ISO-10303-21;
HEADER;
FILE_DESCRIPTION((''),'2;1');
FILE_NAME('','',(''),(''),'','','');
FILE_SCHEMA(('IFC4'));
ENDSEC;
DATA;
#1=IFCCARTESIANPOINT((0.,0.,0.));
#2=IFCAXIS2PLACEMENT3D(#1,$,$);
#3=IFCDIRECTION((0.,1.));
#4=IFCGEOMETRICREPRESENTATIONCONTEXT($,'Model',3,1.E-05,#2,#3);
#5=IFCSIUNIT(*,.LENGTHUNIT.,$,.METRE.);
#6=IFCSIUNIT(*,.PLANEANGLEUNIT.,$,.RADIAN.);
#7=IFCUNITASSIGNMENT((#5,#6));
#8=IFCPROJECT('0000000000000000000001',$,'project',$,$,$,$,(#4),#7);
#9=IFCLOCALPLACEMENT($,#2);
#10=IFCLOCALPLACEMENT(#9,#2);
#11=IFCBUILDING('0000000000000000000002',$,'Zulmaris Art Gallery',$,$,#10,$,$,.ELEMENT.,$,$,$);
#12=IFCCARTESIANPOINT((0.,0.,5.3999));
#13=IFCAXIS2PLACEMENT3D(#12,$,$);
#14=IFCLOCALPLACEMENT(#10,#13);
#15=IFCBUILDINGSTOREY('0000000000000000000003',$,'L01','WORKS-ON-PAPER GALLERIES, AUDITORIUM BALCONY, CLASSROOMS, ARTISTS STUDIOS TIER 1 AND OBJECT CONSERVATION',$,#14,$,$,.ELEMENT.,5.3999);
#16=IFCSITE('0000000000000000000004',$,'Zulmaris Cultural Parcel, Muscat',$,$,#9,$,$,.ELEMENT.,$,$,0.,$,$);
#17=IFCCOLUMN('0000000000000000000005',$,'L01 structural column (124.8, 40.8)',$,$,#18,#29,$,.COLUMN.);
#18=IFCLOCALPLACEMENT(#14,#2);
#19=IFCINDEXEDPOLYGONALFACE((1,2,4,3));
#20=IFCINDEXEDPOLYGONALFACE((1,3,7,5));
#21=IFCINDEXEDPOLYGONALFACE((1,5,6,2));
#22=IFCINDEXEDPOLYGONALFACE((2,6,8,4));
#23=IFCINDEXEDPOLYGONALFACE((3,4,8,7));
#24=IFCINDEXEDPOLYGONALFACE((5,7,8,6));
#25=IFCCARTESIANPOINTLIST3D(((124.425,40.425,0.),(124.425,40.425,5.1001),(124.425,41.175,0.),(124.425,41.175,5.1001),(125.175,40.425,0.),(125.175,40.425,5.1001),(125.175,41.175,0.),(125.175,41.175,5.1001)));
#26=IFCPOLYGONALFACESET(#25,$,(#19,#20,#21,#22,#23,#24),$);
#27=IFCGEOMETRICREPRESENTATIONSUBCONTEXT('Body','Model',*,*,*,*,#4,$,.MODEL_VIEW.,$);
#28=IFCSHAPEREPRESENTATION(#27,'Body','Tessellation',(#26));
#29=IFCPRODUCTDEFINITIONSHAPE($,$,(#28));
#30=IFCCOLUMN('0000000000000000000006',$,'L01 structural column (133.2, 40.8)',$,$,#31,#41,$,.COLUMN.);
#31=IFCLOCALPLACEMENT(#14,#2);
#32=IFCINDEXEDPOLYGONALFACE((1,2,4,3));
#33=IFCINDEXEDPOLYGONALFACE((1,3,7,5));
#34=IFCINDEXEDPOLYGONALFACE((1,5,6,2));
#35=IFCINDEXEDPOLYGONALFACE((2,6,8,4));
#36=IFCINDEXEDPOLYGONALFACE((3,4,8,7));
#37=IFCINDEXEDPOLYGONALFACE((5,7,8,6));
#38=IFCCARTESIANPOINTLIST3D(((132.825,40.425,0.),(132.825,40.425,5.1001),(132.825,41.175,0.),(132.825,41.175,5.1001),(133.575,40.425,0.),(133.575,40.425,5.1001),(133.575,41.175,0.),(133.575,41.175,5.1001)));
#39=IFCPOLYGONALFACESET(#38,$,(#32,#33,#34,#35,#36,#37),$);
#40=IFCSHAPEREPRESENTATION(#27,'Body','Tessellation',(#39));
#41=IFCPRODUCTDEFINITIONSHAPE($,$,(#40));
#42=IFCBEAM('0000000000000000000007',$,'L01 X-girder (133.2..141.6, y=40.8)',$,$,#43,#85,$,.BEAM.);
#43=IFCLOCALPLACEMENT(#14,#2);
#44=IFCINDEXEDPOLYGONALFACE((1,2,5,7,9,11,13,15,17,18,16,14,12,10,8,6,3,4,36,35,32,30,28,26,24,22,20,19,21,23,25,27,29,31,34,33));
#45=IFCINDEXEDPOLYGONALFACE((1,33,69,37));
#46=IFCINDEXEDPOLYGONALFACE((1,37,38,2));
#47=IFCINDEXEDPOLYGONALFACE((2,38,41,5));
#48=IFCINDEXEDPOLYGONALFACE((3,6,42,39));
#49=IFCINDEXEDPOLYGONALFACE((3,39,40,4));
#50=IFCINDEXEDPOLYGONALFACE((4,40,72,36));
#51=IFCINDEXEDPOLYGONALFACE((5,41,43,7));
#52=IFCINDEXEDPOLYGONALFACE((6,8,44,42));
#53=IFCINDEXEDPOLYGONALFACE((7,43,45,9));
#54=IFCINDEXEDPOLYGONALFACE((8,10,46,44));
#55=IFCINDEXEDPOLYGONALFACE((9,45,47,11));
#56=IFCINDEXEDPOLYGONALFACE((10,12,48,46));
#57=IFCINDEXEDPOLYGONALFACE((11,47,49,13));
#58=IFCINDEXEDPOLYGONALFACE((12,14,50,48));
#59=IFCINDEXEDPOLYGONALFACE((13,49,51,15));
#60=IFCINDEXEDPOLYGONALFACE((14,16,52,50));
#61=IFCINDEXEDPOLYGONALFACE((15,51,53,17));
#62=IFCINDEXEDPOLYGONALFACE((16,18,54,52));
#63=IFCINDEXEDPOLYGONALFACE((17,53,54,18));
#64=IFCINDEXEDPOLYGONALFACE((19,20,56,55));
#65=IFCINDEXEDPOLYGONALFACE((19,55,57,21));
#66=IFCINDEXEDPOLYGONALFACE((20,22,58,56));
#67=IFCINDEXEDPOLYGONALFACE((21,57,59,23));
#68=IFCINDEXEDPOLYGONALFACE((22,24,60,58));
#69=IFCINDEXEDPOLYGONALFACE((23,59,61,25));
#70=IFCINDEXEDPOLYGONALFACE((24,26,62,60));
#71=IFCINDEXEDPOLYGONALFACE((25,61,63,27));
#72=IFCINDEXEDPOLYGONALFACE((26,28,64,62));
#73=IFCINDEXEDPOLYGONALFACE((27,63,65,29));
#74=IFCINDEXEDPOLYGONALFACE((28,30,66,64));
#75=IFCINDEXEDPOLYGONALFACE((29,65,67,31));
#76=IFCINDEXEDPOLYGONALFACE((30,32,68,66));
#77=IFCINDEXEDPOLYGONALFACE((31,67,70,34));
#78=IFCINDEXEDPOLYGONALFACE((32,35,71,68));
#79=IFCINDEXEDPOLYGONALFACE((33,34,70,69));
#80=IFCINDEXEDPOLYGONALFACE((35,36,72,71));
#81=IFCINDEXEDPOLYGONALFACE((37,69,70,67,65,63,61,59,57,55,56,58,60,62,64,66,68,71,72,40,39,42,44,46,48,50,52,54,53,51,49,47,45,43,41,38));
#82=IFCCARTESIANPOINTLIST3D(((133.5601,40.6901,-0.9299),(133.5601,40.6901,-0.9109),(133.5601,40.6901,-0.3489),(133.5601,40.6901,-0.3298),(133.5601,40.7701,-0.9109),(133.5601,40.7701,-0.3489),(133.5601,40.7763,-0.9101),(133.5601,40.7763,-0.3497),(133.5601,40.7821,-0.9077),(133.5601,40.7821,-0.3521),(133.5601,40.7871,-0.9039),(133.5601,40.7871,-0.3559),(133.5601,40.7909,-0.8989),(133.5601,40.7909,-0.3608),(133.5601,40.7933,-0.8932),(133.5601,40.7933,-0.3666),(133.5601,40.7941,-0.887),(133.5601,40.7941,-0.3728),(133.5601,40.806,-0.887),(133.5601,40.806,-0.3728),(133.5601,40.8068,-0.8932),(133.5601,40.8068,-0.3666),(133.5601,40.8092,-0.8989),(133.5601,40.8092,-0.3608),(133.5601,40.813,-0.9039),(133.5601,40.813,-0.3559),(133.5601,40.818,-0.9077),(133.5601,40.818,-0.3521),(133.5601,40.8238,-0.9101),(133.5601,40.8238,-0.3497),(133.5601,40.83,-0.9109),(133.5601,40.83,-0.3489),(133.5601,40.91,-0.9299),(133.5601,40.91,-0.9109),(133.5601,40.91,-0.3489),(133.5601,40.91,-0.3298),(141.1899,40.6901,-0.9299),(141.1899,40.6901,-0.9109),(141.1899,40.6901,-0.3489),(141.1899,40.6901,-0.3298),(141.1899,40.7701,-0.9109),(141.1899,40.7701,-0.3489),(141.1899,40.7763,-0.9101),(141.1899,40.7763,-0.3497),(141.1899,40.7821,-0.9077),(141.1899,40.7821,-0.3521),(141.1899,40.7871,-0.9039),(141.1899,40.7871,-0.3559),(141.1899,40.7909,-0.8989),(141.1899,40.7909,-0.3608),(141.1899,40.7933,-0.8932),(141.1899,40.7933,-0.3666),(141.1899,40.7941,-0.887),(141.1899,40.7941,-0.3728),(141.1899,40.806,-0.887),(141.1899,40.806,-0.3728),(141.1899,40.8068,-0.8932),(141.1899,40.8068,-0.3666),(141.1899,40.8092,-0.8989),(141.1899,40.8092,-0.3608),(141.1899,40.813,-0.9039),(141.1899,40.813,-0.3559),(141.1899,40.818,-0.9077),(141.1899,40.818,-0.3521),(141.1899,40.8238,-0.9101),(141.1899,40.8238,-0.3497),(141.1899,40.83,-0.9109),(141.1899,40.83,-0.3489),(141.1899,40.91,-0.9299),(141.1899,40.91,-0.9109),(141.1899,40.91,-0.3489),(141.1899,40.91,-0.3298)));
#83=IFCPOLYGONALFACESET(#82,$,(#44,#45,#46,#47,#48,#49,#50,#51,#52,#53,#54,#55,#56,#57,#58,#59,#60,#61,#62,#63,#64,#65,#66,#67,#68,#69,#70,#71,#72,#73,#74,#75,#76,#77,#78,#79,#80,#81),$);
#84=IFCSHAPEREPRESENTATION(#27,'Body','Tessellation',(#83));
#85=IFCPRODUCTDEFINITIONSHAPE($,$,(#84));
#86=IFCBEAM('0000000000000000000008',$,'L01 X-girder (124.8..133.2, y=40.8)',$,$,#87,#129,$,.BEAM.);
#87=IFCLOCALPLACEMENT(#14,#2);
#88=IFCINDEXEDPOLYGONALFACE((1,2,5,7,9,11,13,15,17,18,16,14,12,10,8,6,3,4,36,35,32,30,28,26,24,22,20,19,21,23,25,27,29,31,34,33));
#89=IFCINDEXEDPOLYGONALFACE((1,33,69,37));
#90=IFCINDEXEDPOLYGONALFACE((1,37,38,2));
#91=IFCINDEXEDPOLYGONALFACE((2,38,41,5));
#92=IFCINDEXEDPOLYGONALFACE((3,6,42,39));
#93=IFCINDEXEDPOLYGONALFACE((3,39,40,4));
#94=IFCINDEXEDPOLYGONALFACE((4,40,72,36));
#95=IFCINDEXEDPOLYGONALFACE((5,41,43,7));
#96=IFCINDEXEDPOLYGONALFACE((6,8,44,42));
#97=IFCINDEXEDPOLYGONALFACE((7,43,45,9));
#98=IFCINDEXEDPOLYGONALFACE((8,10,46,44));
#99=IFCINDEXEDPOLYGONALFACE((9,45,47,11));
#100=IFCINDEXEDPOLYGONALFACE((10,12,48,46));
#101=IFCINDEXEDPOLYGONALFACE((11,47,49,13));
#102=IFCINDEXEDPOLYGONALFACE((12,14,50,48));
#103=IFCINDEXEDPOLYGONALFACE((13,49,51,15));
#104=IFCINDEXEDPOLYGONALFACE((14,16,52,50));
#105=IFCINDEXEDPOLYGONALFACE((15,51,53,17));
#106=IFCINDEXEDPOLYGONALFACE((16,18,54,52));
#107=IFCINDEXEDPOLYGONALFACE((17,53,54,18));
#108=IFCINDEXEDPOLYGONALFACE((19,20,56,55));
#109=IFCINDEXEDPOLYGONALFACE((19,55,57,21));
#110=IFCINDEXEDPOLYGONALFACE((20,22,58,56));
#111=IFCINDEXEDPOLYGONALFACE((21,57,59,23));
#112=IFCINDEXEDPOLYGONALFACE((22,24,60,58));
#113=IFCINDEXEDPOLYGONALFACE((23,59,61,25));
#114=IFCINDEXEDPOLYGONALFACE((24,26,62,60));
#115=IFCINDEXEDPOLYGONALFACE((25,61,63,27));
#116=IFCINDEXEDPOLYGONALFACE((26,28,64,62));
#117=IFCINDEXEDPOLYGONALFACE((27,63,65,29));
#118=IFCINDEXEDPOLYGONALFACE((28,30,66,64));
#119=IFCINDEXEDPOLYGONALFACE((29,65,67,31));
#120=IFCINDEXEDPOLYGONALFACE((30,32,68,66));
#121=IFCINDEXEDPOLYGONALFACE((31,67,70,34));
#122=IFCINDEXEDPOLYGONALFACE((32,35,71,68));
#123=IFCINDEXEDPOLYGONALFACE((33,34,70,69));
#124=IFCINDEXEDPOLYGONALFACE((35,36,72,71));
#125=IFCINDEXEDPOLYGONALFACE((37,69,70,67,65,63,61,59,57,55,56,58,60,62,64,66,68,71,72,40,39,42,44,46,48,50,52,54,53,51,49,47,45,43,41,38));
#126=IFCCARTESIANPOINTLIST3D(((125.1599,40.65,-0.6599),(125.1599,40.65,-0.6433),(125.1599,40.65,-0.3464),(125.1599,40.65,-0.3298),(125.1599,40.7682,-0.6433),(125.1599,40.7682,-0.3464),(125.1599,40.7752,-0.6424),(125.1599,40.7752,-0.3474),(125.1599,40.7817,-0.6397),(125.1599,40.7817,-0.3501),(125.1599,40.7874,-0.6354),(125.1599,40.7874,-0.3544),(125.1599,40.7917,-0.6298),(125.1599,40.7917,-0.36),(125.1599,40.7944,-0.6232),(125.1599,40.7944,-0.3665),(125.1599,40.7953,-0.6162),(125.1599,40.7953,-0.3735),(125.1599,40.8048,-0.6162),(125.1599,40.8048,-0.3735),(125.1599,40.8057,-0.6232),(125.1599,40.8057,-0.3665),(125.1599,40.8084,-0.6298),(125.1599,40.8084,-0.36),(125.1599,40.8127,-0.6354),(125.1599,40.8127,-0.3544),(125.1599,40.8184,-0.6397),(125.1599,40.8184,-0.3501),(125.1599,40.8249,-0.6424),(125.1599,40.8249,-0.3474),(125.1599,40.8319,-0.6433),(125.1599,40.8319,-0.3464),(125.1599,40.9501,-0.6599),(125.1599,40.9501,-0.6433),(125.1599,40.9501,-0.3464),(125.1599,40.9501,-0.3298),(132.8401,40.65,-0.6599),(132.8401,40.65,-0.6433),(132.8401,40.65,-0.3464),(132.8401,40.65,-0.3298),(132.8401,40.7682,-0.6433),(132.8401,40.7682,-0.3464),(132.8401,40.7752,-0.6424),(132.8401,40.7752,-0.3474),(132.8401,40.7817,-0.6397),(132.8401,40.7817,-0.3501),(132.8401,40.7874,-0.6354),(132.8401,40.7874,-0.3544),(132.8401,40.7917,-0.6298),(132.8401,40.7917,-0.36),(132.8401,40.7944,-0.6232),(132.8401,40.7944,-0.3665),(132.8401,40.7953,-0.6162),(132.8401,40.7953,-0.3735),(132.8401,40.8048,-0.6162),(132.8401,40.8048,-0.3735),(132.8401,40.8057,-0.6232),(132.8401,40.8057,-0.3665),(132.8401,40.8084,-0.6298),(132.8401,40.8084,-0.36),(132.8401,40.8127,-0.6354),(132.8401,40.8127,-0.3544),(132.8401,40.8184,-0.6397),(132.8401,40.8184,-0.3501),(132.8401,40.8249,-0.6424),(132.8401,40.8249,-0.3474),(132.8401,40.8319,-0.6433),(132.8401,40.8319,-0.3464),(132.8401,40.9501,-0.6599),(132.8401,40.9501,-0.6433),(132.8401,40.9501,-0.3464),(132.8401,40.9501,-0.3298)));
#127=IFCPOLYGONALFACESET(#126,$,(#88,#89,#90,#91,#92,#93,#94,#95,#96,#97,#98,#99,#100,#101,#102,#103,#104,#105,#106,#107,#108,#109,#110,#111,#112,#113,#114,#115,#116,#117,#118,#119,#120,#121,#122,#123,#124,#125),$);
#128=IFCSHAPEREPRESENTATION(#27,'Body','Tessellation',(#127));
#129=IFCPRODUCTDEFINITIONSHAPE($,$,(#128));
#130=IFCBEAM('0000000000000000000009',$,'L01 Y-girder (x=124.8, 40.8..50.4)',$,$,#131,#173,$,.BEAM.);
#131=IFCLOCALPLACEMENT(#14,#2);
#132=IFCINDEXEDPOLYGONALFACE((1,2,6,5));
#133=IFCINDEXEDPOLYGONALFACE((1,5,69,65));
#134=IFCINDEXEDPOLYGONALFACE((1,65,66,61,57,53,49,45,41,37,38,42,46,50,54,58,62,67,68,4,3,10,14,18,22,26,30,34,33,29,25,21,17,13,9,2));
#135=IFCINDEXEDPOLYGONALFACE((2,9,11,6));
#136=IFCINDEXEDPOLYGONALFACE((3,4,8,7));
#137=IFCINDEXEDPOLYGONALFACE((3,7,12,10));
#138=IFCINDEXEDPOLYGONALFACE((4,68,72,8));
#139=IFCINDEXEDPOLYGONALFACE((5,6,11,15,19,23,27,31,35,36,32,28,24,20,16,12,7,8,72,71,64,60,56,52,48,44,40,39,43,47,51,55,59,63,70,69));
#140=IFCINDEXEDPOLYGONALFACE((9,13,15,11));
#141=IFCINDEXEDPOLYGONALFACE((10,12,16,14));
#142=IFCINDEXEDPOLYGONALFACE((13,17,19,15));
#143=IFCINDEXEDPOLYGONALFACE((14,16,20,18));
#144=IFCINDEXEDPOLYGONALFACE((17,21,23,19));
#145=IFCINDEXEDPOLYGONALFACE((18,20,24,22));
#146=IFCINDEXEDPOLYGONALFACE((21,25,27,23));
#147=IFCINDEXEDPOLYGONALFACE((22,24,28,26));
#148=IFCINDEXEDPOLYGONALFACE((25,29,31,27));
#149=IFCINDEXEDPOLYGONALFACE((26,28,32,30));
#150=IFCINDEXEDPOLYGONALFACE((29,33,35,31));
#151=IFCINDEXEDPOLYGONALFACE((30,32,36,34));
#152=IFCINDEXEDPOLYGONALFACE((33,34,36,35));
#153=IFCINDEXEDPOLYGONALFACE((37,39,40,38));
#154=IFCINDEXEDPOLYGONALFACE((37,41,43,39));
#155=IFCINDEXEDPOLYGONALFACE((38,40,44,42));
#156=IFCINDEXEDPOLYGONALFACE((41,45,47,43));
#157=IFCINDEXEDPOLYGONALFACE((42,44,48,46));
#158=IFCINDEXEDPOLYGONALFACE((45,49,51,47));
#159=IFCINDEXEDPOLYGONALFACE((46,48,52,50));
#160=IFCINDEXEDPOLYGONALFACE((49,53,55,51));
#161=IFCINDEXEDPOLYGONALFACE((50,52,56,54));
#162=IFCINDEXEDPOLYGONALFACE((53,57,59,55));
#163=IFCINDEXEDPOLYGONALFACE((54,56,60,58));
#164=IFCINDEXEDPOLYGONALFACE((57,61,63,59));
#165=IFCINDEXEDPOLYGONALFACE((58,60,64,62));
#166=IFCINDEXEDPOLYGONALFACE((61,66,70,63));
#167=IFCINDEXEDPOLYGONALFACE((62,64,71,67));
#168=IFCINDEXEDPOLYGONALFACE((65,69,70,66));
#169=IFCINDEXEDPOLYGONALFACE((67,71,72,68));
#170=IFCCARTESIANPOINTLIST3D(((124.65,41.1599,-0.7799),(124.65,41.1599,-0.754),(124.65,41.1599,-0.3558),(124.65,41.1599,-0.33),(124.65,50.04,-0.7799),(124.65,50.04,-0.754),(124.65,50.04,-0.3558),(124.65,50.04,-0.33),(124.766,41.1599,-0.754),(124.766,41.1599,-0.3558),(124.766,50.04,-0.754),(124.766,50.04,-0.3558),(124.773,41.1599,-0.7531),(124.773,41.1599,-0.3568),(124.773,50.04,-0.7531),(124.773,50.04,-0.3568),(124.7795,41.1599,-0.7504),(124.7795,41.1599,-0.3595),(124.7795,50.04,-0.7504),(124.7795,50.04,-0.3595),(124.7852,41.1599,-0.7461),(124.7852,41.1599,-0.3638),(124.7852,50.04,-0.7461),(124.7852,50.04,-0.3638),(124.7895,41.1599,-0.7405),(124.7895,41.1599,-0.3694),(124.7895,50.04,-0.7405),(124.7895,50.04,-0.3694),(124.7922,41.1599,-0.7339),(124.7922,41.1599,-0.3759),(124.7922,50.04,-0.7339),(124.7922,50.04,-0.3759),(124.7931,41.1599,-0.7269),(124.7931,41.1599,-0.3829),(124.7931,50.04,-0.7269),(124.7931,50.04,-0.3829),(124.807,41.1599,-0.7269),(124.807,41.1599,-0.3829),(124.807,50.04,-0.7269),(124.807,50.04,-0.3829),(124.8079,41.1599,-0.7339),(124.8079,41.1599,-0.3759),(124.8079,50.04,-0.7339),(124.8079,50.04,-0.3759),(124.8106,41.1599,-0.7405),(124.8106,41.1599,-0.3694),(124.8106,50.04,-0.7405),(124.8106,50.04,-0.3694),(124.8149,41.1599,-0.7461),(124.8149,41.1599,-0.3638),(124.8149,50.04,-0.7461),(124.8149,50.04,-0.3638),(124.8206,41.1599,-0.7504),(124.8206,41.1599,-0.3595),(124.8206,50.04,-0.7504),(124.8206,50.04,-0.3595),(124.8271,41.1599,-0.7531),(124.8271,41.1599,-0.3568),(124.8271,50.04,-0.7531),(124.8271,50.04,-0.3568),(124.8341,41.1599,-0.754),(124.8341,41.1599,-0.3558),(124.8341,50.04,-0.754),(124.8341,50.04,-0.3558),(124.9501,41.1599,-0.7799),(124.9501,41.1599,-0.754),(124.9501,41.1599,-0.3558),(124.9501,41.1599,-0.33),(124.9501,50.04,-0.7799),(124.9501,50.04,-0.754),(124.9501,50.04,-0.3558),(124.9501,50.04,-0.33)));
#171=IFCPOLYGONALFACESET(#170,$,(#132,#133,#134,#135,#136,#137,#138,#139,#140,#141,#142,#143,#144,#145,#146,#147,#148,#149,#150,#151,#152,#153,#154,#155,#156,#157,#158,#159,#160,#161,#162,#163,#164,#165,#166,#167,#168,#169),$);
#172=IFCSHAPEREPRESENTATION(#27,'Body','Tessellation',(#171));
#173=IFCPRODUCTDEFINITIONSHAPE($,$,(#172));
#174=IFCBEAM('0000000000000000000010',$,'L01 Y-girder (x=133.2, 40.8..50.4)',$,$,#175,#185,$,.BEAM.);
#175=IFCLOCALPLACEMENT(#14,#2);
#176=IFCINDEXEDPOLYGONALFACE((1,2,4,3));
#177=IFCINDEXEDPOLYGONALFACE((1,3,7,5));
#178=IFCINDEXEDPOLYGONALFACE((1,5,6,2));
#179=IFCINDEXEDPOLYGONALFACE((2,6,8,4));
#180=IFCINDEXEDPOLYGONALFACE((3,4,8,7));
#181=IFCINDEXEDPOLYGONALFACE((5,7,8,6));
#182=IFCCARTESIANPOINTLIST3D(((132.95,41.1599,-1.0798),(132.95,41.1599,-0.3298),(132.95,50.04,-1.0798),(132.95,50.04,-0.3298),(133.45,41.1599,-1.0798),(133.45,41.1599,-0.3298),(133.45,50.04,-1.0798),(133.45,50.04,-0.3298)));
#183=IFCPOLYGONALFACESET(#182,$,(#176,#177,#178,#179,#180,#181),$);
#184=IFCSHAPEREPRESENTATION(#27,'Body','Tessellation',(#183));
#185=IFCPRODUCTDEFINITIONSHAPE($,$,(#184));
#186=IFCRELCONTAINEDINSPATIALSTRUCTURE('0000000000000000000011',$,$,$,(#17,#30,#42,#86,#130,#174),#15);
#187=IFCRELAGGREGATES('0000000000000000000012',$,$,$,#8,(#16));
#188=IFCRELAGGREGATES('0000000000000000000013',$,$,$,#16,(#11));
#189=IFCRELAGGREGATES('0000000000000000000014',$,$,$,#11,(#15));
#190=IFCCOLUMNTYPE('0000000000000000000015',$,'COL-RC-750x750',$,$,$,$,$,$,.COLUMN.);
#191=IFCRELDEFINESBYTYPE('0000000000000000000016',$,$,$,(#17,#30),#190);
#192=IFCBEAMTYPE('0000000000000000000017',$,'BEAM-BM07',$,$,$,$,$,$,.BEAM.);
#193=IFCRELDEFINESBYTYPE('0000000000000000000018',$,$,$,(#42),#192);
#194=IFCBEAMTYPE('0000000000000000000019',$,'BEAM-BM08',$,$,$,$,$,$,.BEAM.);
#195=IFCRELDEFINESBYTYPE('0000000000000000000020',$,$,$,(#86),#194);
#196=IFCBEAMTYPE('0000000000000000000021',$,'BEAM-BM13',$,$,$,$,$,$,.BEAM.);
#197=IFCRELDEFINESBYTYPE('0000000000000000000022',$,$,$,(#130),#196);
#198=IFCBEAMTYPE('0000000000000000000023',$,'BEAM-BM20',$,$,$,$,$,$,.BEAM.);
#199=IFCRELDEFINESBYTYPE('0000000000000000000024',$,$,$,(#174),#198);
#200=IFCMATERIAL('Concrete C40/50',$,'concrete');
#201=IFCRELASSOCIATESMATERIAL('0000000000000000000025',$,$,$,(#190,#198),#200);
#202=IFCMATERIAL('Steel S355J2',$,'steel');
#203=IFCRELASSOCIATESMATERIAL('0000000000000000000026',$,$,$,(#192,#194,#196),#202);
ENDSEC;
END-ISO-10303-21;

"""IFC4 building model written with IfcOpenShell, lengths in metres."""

from ifc_helpers import new_model, si_unit, direction, frame, origin, origin_2d, place, context, subcontext, project, spatial, rectangle, i_section, extrude, material, material_profile, profile_set, type_object, element, save


model = new_model("IFC4")

# Units and contexts
model_context = context("Model", 3, precision=1e-05, world=origin(), true_north=direction((0.0, 1.0)))
body_context = subcontext(model_context, "Body", "Model", "MODEL_VIEW")
ifc_project = project(units=[si_unit("LENGTHUNIT", "METRE"), si_unit("PLANEANGLEUNIT", "RADIAN")], contexts=[model_context])

# Site, building, storey
site_placement = place(None, origin())
site = spatial("IfcSite", under=ifc_project, at=site_placement, Name="Zulmaris Cultural Parcel, Muscat", CompositionType="ELEMENT", RefElevation=0.0)
building_placement = place(site_placement, origin())
building = spatial("IfcBuilding", under=site, at=building_placement, Name="Zulmaris Art Gallery", CompositionType="ELEMENT")
storey_placement = place(building_placement, frame((0.0, 0.0, 5.3999)))
storey = spatial("IfcBuildingStorey", under=building, at=storey_placement, Name="L01", Description="WORKS-ON-PAPER GALLERIES, AUDITORIUM BALCONY, CLASSROOMS, ARTISTS STUDIOS TIER 1 AND OBJECT CONSERVATION", CompositionType="ELEMENT", Elevation=5.3999)

# Columns
ifc_material_1 = material(Name="Concrete C40/50", Category="concrete")
ifc_material_profile_1 = material_profile(ifc_material_1, rectangle(XDim=0.75, YDim=0.75, at=origin_2d()), Name="RC 750x750")
ifc_profile_set_1 = profile_set([ifc_material_profile_1], Name="Concrete C40/50")
column_type = type_object("IfcColumnType", Name="COL-RC-750x750", PredefinedType="COLUMN", material=ifc_profile_set_1)
for number, where, z_axis, x_axis, name in (
    (1, (124.8, 40.8, 0.0), (0.0, 0.0, 1.0), (1.0, 0.0, 0.0), "L01 structural column (124.8, 40.8)"),
    (2, (133.2, 40.8, 0.0), (0.0, 0.0, 1.0), (1.0, 0.0, 0.0), "L01 structural column (133.2, 40.8)"),
):
    element("IfcColumn", number, at=place(storey_placement, frame(where, z_axis=z_axis, x_axis=x_axis)), inside=storey, type_object=column_type, Name=name, PredefinedType="COLUMN", context=body_context, shape_type="SweptSolid", body=[
        extrude(rectangle(XDim=0.75, YDim=0.75, at=origin_2d()), origin(), (0.0, 0.0, 1.0), 5.1001),
    ])

# Beams
ifc_material_2 = material(Name="Steel S355J2", Category="steel")
ifc_material_profile_2 = material_profile(ifc_material_2, i_section(OverallWidth=0.22, OverallDepth=0.6001, WebThickness=0.012, FlangeThickness=0.019, FilletRadius=0.0239, at=origin_2d()), Name="IPE 600")
ifc_profile_set_2 = profile_set([ifc_material_profile_2], Name="Steel S355J2")
beam_type_1 = type_object("IfcBeamType", Name="BEAM-BM07", PredefinedType="BEAM", material=ifc_profile_set_2)
beam_1_placement = place(storey_placement, frame((133.5601, 40.8, -0.6299), z_axis=(1.0, 0.0, 0.0), x_axis=(0.0, 1.0, 0.0)))
element("IfcBeam", 3, at=beam_1_placement, inside=storey, type_object=beam_type_1, Name="L01 X-girder (133.2..141.6, y=40.8)", PredefinedType="BEAM", context=body_context, shape_type="SweptSolid", body=[
    extrude(i_section(OverallWidth=0.22, OverallDepth=0.6001, WebThickness=0.012, FlangeThickness=0.019, FilletRadius=0.0239, at=origin_2d()), origin(), (0.0, 0.0, 1.0), 7.6299),
])
ifc_material_profile_3 = material_profile(ifc_material_2, i_section(OverallWidth=0.3, OverallDepth=0.3301, WebThickness=0.0095, FlangeThickness=0.0166, FilletRadius=0.0271, at=origin_2d()), Name="HEA 340")
ifc_profile_set_3 = profile_set([ifc_material_profile_3], Name="Steel S355J2")
beam_type_2 = type_object("IfcBeamType", Name="BEAM-BM08", PredefinedType="BEAM", material=ifc_profile_set_3)
beam_2_placement = place(storey_placement, frame((125.1599, 40.8, -0.4949), z_axis=(1.0, 0.0, 0.0), x_axis=(0.0, 1.0, 0.0)))
element("IfcBeam", 4, at=beam_2_placement, inside=storey, type_object=beam_type_2, Name="L01 X-girder (124.8..133.2, y=40.8)", PredefinedType="BEAM", context=body_context, shape_type="SweptSolid", body=[
    extrude(i_section(OverallWidth=0.3, OverallDepth=0.3301, WebThickness=0.0095, FlangeThickness=0.0166, FilletRadius=0.0271, at=origin_2d()), origin(), (0.0, 0.0, 1.0), 7.6802),
])
ifc_material_profile_4 = material_profile(ifc_material_2, i_section(OverallWidth=0.3, OverallDepth=0.45, WebThickness=0.0139, FlangeThickness=0.0259, FilletRadius=0.0271, at=origin_2d()), Name="HEB 450")
ifc_profile_set_4 = profile_set([ifc_material_profile_4], Name="Steel S355J2")
beam_type_3 = type_object("IfcBeamType", Name="BEAM-BM13", PredefinedType="BEAM", material=ifc_profile_set_4)
beam_3_placement = place(storey_placement, frame((124.8, 41.1599, -0.5549), z_axis=(0.0, 1.0, 0.0), x_axis=(-1.0, 0.0, 0.0)))
element("IfcBeam", 5, at=beam_3_placement, inside=storey, type_object=beam_type_3, Name="L01 Y-girder (x=124.8, 40.8..50.4)", PredefinedType="BEAM", context=body_context, shape_type="SweptSolid", body=[
    extrude(i_section(OverallWidth=0.3, OverallDepth=0.45, WebThickness=0.0139, FlangeThickness=0.0259, FilletRadius=0.0271, at=origin_2d()), origin(), (0.0, 0.0, 1.0), 8.8801),
])
ifc_material_profile_5 = material_profile(ifc_material_1, rectangle(XDim=0.5, YDim=0.75, at=origin_2d()), Name="RC 500x750")
ifc_profile_set_5 = profile_set([ifc_material_profile_5], Name="Concrete C40/50")
beam_type_4 = type_object("IfcBeamType", Name="BEAM-BM20", PredefinedType="BEAM", material=ifc_profile_set_5)
beam_4_placement = place(storey_placement, frame((133.2, 41.1599, -0.7048), z_axis=(0.0, 1.0, 0.0), x_axis=(-1.0, 0.0, 0.0)))
element("IfcBeam", 6, at=beam_4_placement, inside=storey, type_object=beam_type_4, Name="L01 Y-girder (x=133.2, 40.8..50.4)", PredefinedType="BEAM", context=body_context, shape_type="SweptSolid", body=[
    extrude(rectangle(XDim=0.5, YDim=0.75, at=origin_2d()), origin(), (0.0, 0.0, 1.0), 8.8801),
])

save(model, "model.ifc")
